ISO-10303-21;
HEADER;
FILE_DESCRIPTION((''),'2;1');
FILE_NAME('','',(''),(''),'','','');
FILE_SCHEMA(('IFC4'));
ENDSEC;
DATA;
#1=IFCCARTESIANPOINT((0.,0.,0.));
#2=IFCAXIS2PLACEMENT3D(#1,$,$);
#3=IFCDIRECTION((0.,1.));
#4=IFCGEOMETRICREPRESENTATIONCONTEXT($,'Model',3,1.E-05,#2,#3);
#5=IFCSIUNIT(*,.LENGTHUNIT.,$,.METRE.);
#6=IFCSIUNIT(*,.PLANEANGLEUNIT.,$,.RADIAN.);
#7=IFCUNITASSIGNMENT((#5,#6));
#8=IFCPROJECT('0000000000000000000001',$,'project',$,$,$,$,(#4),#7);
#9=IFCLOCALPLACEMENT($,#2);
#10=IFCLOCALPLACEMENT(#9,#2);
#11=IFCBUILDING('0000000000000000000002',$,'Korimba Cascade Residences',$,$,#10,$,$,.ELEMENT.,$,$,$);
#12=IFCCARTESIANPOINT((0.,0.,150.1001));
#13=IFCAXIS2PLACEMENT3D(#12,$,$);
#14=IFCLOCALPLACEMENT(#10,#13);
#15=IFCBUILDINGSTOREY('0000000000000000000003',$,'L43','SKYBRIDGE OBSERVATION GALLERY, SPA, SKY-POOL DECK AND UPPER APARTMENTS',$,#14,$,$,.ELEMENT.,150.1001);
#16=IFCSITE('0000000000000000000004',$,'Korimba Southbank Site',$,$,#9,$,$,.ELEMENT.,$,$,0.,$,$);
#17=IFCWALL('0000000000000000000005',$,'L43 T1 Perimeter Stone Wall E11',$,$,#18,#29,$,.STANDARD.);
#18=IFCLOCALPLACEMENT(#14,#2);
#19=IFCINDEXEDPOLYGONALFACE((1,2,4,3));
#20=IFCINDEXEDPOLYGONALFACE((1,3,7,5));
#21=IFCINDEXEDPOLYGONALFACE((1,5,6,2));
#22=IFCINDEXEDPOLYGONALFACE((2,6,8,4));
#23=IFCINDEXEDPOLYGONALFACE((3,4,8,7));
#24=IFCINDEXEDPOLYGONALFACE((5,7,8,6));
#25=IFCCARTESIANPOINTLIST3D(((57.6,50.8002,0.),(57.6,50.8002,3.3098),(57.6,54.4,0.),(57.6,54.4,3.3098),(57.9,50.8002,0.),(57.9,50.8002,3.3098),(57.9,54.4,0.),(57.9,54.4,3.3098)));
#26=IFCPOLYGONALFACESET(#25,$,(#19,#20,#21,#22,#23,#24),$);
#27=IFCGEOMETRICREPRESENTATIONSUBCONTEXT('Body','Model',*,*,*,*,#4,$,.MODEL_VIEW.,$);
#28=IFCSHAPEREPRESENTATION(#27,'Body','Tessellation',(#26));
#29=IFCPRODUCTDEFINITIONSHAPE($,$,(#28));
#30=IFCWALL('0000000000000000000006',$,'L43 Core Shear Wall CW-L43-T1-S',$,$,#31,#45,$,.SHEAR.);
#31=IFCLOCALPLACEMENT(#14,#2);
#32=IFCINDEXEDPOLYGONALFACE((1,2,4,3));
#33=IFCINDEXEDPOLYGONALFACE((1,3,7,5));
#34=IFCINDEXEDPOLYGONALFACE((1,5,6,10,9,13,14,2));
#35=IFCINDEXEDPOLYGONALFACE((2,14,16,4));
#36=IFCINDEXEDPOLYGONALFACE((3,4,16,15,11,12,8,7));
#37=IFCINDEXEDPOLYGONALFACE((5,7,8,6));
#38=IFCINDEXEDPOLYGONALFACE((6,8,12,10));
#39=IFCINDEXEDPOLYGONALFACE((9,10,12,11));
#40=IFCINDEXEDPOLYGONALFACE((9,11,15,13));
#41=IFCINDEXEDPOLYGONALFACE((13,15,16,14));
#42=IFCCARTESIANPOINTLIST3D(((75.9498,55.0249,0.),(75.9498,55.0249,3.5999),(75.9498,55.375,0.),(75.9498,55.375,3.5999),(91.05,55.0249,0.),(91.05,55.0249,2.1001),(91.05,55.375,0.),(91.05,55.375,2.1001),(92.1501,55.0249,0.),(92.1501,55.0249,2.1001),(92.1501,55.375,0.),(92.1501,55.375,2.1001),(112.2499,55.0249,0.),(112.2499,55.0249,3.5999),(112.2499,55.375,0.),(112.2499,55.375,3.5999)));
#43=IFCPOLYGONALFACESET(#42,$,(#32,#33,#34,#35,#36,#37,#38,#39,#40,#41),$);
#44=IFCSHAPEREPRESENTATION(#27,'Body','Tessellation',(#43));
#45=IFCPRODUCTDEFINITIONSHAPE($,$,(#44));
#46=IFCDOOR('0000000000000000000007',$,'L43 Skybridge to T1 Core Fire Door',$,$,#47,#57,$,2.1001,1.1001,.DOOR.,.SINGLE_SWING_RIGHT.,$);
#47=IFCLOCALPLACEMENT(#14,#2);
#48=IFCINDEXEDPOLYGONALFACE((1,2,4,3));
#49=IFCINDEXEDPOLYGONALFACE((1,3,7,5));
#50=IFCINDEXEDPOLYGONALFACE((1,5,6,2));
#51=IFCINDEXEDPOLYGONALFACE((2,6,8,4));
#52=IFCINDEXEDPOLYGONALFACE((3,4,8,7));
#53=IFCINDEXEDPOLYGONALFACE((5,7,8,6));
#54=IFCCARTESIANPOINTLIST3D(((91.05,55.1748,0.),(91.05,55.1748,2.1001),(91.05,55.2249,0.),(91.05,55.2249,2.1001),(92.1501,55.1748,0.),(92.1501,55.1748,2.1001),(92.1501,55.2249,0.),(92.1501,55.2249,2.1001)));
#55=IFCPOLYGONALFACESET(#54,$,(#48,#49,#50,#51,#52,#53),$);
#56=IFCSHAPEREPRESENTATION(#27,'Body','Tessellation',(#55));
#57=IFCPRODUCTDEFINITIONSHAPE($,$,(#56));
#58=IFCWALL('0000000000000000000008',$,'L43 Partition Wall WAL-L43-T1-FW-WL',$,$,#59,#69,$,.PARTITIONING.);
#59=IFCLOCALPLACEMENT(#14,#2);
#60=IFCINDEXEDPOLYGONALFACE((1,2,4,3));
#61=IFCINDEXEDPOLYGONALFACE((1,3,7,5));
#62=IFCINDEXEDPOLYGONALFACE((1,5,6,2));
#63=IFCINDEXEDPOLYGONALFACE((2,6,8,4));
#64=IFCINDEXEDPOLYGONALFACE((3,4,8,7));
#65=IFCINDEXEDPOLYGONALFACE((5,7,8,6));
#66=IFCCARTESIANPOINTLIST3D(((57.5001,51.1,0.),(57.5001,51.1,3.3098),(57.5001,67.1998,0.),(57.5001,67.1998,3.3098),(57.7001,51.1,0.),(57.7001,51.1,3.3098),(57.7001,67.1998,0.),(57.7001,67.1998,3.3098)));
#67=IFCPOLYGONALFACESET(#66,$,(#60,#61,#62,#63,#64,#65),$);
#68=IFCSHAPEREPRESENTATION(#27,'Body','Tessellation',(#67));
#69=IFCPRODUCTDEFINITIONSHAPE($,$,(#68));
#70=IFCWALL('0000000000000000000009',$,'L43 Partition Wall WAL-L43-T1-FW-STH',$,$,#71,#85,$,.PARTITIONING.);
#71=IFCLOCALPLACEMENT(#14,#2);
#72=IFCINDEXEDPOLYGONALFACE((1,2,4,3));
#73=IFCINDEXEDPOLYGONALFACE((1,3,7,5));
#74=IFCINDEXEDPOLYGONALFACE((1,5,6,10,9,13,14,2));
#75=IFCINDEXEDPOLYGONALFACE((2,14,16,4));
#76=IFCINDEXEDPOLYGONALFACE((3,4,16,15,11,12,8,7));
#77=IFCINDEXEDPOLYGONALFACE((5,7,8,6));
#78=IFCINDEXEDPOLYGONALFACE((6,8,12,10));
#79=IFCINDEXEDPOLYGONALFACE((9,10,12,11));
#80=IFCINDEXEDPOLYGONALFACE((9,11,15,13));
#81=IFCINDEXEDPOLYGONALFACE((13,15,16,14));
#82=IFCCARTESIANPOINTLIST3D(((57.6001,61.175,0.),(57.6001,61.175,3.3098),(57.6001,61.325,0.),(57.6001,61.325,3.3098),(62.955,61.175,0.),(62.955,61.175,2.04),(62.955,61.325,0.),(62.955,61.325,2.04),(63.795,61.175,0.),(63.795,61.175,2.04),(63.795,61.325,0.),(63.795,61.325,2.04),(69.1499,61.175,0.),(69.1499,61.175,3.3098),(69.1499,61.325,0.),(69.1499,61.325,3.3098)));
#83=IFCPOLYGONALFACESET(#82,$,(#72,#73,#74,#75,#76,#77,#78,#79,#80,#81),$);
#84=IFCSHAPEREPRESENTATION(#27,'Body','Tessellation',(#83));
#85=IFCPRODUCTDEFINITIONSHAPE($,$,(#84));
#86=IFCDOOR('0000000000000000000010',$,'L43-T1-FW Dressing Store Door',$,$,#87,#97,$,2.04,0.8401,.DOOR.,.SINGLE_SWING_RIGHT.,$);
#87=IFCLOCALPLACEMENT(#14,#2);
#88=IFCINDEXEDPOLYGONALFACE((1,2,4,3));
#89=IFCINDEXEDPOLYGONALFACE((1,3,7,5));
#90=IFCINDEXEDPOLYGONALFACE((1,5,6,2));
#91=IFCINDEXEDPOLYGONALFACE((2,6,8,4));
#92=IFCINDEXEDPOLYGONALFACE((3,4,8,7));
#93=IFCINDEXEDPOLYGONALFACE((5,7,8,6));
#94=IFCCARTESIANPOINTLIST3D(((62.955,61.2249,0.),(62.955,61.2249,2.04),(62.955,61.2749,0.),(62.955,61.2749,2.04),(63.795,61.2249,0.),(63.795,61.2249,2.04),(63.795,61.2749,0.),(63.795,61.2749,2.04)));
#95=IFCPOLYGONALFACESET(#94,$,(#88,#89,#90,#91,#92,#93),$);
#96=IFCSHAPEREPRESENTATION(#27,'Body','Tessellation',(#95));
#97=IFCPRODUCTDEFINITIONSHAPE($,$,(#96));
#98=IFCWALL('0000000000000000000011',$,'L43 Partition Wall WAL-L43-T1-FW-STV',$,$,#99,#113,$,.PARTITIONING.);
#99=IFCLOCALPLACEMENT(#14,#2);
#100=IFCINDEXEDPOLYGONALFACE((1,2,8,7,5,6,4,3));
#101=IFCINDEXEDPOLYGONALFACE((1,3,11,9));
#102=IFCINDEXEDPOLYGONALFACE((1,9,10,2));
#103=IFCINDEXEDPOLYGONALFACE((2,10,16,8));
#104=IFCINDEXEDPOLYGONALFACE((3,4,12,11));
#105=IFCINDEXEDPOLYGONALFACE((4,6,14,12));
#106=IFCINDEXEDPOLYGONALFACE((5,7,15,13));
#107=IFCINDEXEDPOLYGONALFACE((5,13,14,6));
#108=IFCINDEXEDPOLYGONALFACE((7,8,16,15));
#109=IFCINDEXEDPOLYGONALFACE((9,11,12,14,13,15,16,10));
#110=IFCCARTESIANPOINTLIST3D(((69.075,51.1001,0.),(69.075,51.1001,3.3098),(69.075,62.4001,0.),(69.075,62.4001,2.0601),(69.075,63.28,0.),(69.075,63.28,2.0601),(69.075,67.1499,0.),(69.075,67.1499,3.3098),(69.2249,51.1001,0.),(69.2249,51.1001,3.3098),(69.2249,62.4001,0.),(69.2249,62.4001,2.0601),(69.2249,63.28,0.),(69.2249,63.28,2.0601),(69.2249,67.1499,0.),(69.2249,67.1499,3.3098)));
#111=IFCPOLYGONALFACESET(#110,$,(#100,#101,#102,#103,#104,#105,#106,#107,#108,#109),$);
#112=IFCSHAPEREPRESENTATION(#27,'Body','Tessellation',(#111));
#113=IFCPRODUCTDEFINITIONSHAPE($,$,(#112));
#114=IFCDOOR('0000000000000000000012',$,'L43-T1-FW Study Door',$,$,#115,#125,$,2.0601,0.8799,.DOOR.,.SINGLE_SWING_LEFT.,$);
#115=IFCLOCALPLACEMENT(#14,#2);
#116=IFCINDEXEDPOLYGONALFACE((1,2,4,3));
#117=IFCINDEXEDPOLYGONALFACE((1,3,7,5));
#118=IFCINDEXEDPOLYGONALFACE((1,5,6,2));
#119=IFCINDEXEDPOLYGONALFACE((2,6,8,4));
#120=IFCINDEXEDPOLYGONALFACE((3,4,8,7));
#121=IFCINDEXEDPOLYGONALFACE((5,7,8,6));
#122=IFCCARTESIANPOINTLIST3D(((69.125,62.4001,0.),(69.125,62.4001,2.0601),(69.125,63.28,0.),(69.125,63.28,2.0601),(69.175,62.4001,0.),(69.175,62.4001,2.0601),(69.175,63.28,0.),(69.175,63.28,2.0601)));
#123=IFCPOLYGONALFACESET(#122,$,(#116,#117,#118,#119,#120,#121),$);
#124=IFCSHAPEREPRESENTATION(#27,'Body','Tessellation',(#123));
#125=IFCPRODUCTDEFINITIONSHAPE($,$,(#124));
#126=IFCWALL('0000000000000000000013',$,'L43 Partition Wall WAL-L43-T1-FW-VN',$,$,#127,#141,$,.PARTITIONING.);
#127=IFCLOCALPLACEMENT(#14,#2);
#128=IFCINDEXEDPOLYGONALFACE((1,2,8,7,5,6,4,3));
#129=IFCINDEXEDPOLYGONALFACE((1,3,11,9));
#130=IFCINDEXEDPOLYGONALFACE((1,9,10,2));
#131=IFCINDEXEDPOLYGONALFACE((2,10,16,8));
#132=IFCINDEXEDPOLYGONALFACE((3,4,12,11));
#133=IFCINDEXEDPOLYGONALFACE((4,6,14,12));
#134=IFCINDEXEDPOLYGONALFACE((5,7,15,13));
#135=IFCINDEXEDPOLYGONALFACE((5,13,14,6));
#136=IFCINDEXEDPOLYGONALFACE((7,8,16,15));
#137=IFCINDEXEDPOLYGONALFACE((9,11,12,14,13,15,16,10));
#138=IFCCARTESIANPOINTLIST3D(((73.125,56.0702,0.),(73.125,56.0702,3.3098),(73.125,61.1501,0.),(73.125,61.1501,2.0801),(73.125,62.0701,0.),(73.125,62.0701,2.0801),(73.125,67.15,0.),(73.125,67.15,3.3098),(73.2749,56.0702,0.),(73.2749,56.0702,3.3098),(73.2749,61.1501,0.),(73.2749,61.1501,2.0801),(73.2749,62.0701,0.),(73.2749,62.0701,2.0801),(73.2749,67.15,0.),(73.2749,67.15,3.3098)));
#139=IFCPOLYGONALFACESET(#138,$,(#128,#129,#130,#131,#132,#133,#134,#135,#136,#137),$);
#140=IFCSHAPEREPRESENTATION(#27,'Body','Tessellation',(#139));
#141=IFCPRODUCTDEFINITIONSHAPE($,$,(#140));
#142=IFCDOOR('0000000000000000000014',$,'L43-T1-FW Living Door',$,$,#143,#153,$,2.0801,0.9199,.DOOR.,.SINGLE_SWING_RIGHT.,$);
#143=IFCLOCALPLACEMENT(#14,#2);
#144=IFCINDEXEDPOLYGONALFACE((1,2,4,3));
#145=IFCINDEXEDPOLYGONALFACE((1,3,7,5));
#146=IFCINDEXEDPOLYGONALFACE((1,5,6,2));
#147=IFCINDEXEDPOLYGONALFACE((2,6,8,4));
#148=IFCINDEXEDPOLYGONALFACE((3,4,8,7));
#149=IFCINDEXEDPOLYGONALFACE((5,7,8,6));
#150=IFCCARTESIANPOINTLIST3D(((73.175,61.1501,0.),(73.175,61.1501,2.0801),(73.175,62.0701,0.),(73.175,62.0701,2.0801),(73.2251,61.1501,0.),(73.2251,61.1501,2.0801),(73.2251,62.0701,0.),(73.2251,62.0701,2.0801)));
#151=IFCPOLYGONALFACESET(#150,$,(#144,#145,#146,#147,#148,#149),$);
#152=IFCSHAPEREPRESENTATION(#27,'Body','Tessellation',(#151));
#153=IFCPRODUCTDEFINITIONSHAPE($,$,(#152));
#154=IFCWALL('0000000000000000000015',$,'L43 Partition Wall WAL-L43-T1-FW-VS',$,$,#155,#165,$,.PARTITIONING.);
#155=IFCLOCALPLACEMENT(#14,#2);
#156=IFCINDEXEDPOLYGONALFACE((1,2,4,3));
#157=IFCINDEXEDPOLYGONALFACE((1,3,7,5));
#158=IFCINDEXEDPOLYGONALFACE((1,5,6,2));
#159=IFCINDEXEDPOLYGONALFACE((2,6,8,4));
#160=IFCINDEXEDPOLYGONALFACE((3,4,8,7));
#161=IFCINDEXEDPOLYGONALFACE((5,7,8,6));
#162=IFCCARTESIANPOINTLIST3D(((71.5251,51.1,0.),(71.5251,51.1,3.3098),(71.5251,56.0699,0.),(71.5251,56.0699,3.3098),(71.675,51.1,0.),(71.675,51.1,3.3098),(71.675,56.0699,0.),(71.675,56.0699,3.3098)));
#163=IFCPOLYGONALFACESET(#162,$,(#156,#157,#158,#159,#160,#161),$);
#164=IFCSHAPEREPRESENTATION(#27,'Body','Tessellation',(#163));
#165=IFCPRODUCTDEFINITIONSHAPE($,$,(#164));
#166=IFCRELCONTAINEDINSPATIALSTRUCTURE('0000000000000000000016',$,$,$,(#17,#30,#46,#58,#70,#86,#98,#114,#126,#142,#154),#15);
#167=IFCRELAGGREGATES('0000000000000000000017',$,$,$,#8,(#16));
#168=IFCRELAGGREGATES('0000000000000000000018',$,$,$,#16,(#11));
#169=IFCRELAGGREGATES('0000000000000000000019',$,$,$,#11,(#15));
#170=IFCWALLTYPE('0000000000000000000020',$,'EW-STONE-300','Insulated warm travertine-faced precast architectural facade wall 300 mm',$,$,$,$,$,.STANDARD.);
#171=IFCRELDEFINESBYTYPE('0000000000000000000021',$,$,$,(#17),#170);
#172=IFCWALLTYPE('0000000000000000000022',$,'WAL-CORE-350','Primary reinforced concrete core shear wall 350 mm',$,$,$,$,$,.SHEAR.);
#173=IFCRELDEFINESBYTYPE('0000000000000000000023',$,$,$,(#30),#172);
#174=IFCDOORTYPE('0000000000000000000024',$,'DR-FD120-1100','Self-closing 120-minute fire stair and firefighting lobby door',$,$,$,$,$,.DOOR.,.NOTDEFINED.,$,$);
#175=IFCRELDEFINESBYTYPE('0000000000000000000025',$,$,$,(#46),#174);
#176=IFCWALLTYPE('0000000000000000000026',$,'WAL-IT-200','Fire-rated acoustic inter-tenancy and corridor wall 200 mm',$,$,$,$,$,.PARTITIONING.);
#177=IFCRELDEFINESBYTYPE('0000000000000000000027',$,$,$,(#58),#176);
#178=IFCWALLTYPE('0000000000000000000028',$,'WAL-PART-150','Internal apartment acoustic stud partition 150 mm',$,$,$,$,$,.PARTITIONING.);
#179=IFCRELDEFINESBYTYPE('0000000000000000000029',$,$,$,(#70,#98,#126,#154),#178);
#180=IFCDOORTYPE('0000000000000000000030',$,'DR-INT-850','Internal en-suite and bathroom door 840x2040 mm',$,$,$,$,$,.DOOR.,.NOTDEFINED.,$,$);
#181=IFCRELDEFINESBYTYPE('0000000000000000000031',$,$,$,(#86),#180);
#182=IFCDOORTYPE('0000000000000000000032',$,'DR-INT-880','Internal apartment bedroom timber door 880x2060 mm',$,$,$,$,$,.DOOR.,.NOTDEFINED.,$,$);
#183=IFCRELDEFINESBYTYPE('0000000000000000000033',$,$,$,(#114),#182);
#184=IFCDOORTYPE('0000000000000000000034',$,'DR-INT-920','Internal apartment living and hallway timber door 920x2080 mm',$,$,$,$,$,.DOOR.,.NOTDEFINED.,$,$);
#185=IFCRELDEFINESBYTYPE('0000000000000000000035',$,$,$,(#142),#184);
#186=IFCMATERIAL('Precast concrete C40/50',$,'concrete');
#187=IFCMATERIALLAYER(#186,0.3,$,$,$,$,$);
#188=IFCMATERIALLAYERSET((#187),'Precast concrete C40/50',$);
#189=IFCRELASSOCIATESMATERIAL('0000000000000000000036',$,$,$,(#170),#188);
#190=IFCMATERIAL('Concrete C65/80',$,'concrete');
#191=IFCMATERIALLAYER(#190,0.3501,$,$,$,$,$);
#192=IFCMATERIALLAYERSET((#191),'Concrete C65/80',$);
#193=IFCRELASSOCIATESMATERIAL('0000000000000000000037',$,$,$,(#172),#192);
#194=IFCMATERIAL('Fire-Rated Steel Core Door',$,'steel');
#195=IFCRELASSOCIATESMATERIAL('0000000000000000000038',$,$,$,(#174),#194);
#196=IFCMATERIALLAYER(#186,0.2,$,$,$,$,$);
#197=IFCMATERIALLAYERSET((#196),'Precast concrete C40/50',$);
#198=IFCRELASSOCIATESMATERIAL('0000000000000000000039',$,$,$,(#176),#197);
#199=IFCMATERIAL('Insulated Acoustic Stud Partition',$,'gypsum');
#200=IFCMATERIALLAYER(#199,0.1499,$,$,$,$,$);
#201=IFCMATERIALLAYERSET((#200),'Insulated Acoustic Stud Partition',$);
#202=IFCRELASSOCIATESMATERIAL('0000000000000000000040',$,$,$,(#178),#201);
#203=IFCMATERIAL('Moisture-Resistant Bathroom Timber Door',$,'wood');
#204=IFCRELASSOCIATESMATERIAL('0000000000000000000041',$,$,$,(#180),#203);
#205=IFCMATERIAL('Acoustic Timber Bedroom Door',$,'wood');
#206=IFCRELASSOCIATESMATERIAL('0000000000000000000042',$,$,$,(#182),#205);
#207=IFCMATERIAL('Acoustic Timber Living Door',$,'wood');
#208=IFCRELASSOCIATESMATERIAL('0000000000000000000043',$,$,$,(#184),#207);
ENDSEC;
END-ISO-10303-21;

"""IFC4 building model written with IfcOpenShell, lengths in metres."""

from ifc_helpers import new_model, si_unit, direction, frame, frame_2d, origin, place, context, subcontext, project, spatial, rectangle, extrude, material, layer, layer_set, type_object, element, fill, save


model = new_model("IFC4")

# Units and contexts
model_context = context("Model", 3, precision=1e-05, world=origin(), true_north=direction((0.0, 1.0)))
body_context = subcontext(model_context, "Body", "Model", "MODEL_VIEW")
ifc_project = project(units=[si_unit("LENGTHUNIT", "METRE"), si_unit("PLANEANGLEUNIT", "RADIAN")], contexts=[model_context])

# Site, building, storey
site_placement = place(None, origin())
site = spatial("IfcSite", under=ifc_project, at=site_placement, Name="Korimba Southbank Site", CompositionType="ELEMENT", RefElevation=0.0)
building_placement = place(site_placement, origin())
building = spatial("IfcBuilding", under=site, at=building_placement, Name="Korimba Cascade Residences", CompositionType="ELEMENT")
storey_placement = place(building_placement, frame((0.0, 0.0, 150.1001)))
storey = spatial("IfcBuildingStorey", under=building, at=storey_placement, Name="L43", Description="SKYBRIDGE OBSERVATION GALLERY, SPA, SKY-POOL DECK AND UPPER APARTMENTS", CompositionType="ELEMENT", Elevation=150.1001)

# Shared definitions
ifc_material_1 = material(Name="Precast concrete C40/50", Category="concrete")
ifc_layer_1 = layer(ifc_material_1, 0.3)
ifc_layer_set_1 = layer_set([ifc_layer_1], Name="Precast concrete C40/50")
wall_type_1 = type_object("IfcWallType", Name="EW-STONE-300", Description="Insulated warm travertine-faced precast architectural facade wall 300 mm", PredefinedType="STANDARD", material=ifc_layer_set_1)

# Wall
wall_1_placement = place(storey_placement, frame((57.75, 54.3999, 0.0), z_axis=(0.0, 0.0, 1.0), x_axis=(0.0, -1.0, 0.0)))
element("IfcWall", 1, at=wall_1_placement, inside=storey, type_object=wall_type_1, Name="L43 T1 Perimeter Stone Wall E11", PredefinedType="STANDARD", context=body_context, shape_type="SweptSolid", body=[
    extrude(rectangle(XDim=3.5999, YDim=0.3, at=frame_2d((1.7998, 0.0))), origin(), (0.0, 0.0, 1.0), 3.3098),
])

# Wall, opening, door
ifc_material_2 = material(Name="Concrete C65/80", Category="concrete")
ifc_layer_2 = layer(ifc_material_2, 0.3501)
ifc_layer_set_2 = layer_set([ifc_layer_2], Name="Concrete C65/80")
wall_type_2 = type_object("IfcWallType", Name="WAL-CORE-350", Description="Primary reinforced concrete core shear wall 350 mm", PredefinedType="SHEAR", material=ifc_layer_set_2)
wall_2_placement = place(storey_placement, frame((75.95, 55.2, 0.0), z_axis=(0.0, 0.0, 1.0), x_axis=(1.0, 0.0, 0.0)))
wall_2 = element("IfcWall", 2, at=wall_2_placement, inside=storey, type_object=wall_type_2, Name="L43 Core Shear Wall CW-L43-T1-S", PredefinedType="SHEAR", context=body_context, shape_type="SweptSolid", body=[
    extrude(rectangle(XDim=36.3, YDim=0.3501, at=frame_2d((18.1499, 0.0))), origin(), (0.0, 0.0, 1.0), 3.5999),
])
opening_1_placement = place(wall_2_placement, frame((15.1001, 0.0, 0.0)))
opening_1 = element("IfcOpeningElement", 3, at=opening_1_placement, cuts=wall_2, PredefinedType="OPENING", context=body_context, shape_type="SweptSolid", body=[
    extrude(rectangle(XDim=1.1001, YDim=2.1001, at=frame_2d((0.55, 1.05))), frame((0.0, 0.1851, 0.0), z_axis=(0.0, -1.0, 0.0), x_axis=(1.0, 0.0, 0.0)), (0.0, 0.0, 1.0), 0.3701),
])
ifc_material_3 = material(Name="Fire-Rated Steel Core Door", Category="steel")
door_type_1 = type_object("IfcDoorType", Name="DR-FD120-1100", Description="Self-closing 120-minute fire stair and firefighting lobby door", OperationType="NOTDEFINED", PredefinedType="DOOR", material=ifc_material_3)
door_1_placement = place(opening_1_placement, origin())
door_1 = element("IfcDoor", 4, at=door_1_placement, inside=storey, type_object=door_type_1, Name="L43 Skybridge to T1 Core Fire Door", OperationType="SINGLE_SWING_RIGHT", OverallHeight=2.1001, OverallWidth=1.1001, PredefinedType="DOOR", context=body_context, shape_type="SweptSolid", body=[
    extrude(rectangle(XDim=1.1001, YDim=2.1001, at=frame_2d((0.55, 1.05))), frame((0.0, 0.0249, 0.0), z_axis=(0.0, -1.0, 0.0), x_axis=(1.0, 0.0, 0.0)), (0.0, 0.0, 1.0), 0.05),
])
fill(opening_1, door_1)

# Wall
ifc_layer_3 = layer(ifc_material_1, 0.2)
ifc_layer_set_3 = layer_set([ifc_layer_3], Name="Precast concrete C40/50")
wall_type_3 = type_object("IfcWallType", Name="WAL-IT-200", Description="Fire-rated acoustic inter-tenancy and corridor wall 200 mm", PredefinedType="PARTITIONING", material=ifc_layer_set_3)
wall_3_placement = place(storey_placement, frame((57.6001, 51.1001, 0.0), z_axis=(0.0, 0.0, 1.0), x_axis=(0.0, 1.0, 0.0)))
element("IfcWall", 5, at=wall_3_placement, inside=storey, type_object=wall_type_3, Name="L43 Partition Wall WAL-L43-T1-FW-WL", PredefinedType="PARTITIONING", context=body_context, shape_type="SweptSolid", body=[
    extrude(rectangle(XDim=16.0999, YDim=0.2, at=frame_2d((8.0498, 0.0))), origin(), (0.0, 0.0, 1.0), 3.3098),
])

# Walls, openings, doors
ifc_material_4 = material(Name="Insulated Acoustic Stud Partition", Category="gypsum")
ifc_layer_4 = layer(ifc_material_4, 0.1499)
ifc_layer_set_4 = layer_set([ifc_layer_4], Name="Insulated Acoustic Stud Partition")
wall_type_4 = type_object("IfcWallType", Name="WAL-PART-150", Description="Internal apartment acoustic stud partition 150 mm", PredefinedType="PARTITIONING", material=ifc_layer_set_4)
wall_4_placement = place(storey_placement, frame((57.6001, 61.25, 0.0), z_axis=(0.0, 0.0, 1.0), x_axis=(1.0, 0.0, 0.0)))
wall_4 = element("IfcWall", 6, at=wall_4_placement, inside=storey, type_object=wall_type_4, Name="L43 Partition Wall WAL-L43-T1-FW-STH", PredefinedType="PARTITIONING", context=body_context, shape_type="SweptSolid", body=[
    extrude(rectangle(XDim=11.5498, YDim=0.1499, at=frame_2d((5.7749, 0.0))), origin(), (0.0, 0.0, 1.0), 3.3098),
])
opening_2_placement = place(wall_4_placement, frame((5.355, 0.0, 0.0)))
opening_2 = element("IfcOpeningElement", 7, at=opening_2_placement, cuts=wall_4, PredefinedType="OPENING", context=body_context, shape_type="SweptSolid", body=[
    extrude(rectangle(XDim=0.8401, YDim=2.04, at=frame_2d((0.4199, 1.02))), frame((0.0, 0.085, 0.0), z_axis=(0.0, -1.0, 0.0), x_axis=(1.0, 0.0, 0.0)), (0.0, 0.0, 1.0), 0.1699),
])
ifc_material_5 = material(Name="Moisture-Resistant Bathroom Timber Door", Category="wood")
door_type_2 = type_object("IfcDoorType", Name="DR-INT-850", Description="Internal en-suite and bathroom door 840x2040 mm", OperationType="NOTDEFINED", PredefinedType="DOOR", material=ifc_material_5)
door_2_placement = place(opening_2_placement, origin())
door_2 = element("IfcDoor", 8, at=door_2_placement, inside=storey, type_object=door_type_2, Name="L43-T1-FW Dressing Store Door", OperationType="SINGLE_SWING_RIGHT", OverallHeight=2.04, OverallWidth=0.8401, PredefinedType="DOOR", context=body_context, shape_type="SweptSolid", body=[
    extrude(rectangle(XDim=0.8401, YDim=2.04, at=frame_2d((0.4199, 1.02))), frame((0.0, 0.0249, 0.0), z_axis=(0.0, -1.0, 0.0), x_axis=(1.0, 0.0, 0.0)), (0.0, 0.0, 1.0), 0.05),
])
fill(opening_2, door_2)
wall_5_placement = place(storey_placement, frame((69.1499, 51.1001, 0.0), z_axis=(0.0, 0.0, 1.0), x_axis=(0.0, 1.0, 0.0)))
wall_5 = element("IfcWall", 9, at=wall_5_placement, inside=storey, type_object=wall_type_4, Name="L43 Partition Wall WAL-L43-T1-FW-STV", PredefinedType="PARTITIONING", context=body_context, shape_type="SweptSolid", body=[
    extrude(rectangle(XDim=16.0498, YDim=0.1499, at=frame_2d((8.0249, 0.0))), origin(), (0.0, 0.0, 1.0), 3.3098),
])
opening_3_placement = place(wall_5_placement, frame((11.3, 0.0, 0.0)))
opening_3 = element("IfcOpeningElement", 10, at=opening_3_placement, cuts=wall_5, PredefinedType="OPENING", context=body_context, shape_type="SweptSolid", body=[
    extrude(rectangle(XDim=0.8799, YDim=2.0601, at=frame_2d((0.4399, 1.03))), frame((0.0, 0.085, 0.0), z_axis=(0.0, -1.0, 0.0), x_axis=(1.0, 0.0, 0.0)), (0.0, 0.0, 1.0), 0.1699),
])
ifc_material_6 = material(Name="Acoustic Timber Bedroom Door", Category="wood")
door_type_3 = type_object("IfcDoorType", Name="DR-INT-880", Description="Internal apartment bedroom timber door 880x2060 mm", OperationType="NOTDEFINED", PredefinedType="DOOR", material=ifc_material_6)
door_3_placement = place(opening_3_placement, origin())
door_3 = element("IfcDoor", 11, at=door_3_placement, inside=storey, type_object=door_type_3, Name="L43-T1-FW Study Door", OperationType="SINGLE_SWING_LEFT", OverallHeight=2.0601, OverallWidth=0.8799, PredefinedType="DOOR", context=body_context, shape_type="SweptSolid", body=[
    extrude(rectangle(XDim=0.8799, YDim=2.0601, at=frame_2d((0.4399, 1.03))), frame((0.0, 0.0249, 0.0), z_axis=(0.0, -1.0, 0.0), x_axis=(1.0, 0.0, 0.0)), (0.0, 0.0, 1.0), 0.05),
])
fill(opening_3, door_3)
wall_6_placement = place(storey_placement, frame((73.2, 56.0701, 0.0), z_axis=(0.0, 0.0, 1.0), x_axis=(0.0, 1.0, 0.0)))
wall_6 = element("IfcWall", 12, at=wall_6_placement, inside=storey, type_object=wall_type_4, Name="L43 Partition Wall WAL-L43-T1-FW-VN", PredefinedType="PARTITIONING", context=body_context, shape_type="SweptSolid", body=[
    extrude(rectangle(XDim=11.0798, YDim=0.1499, at=frame_2d((5.54, 0.0))), origin(), (0.0, 0.0, 1.0), 3.3098),
])
opening_4_placement = place(wall_6_placement, frame((5.0801, 0.0, 0.0)))
opening_4 = element("IfcOpeningElement", 13, at=opening_4_placement, cuts=wall_6, PredefinedType="OPENING", context=body_context, shape_type="SweptSolid", body=[
    extrude(rectangle(XDim=0.9199, YDim=2.0801, at=frame_2d((0.46, 1.04))), frame((0.0, 0.085, 0.0), z_axis=(0.0, -1.0, 0.0), x_axis=(1.0, 0.0, 0.0)), (0.0, 0.0, 1.0), 0.1699),
])
ifc_material_7 = material(Name="Acoustic Timber Living Door", Category="wood")
door_type_4 = type_object("IfcDoorType", Name="DR-INT-920", Description="Internal apartment living and hallway timber door 920x2080 mm", OperationType="NOTDEFINED", PredefinedType="DOOR", material=ifc_material_7)
door_4_placement = place(opening_4_placement, origin())
door_4 = element("IfcDoor", 14, at=door_4_placement, inside=storey, type_object=door_type_4, Name="L43-T1-FW Living Door", OperationType="SINGLE_SWING_RIGHT", OverallHeight=2.0801, OverallWidth=0.9199, PredefinedType="DOOR", context=body_context, shape_type="SweptSolid", body=[
    extrude(rectangle(XDim=0.9199, YDim=2.0801, at=frame_2d((0.46, 1.04))), frame((0.0, 0.0249, 0.0), z_axis=(0.0, -1.0, 0.0), x_axis=(1.0, 0.0, 0.0)), (0.0, 0.0, 1.0), 0.05),
])
fill(opening_4, door_4)

# Wall
wall_7_placement = place(storey_placement, frame((71.6001, 51.1001, 0.0), z_axis=(0.0, 0.0, 1.0), x_axis=(0.0, 1.0, 0.0)))
element("IfcWall", 15, at=wall_7_placement, inside=storey, type_object=wall_type_4, Name="L43 Partition Wall WAL-L43-T1-FW-VS", PredefinedType="PARTITIONING", context=body_context, shape_type="SweptSolid", body=[
    extrude(rectangle(XDim=4.97, YDim=0.1499, at=frame_2d((2.4849, 0.0))), origin(), (0.0, 0.0, 1.0), 3.3098),
])

save(model, "model.ifc")
